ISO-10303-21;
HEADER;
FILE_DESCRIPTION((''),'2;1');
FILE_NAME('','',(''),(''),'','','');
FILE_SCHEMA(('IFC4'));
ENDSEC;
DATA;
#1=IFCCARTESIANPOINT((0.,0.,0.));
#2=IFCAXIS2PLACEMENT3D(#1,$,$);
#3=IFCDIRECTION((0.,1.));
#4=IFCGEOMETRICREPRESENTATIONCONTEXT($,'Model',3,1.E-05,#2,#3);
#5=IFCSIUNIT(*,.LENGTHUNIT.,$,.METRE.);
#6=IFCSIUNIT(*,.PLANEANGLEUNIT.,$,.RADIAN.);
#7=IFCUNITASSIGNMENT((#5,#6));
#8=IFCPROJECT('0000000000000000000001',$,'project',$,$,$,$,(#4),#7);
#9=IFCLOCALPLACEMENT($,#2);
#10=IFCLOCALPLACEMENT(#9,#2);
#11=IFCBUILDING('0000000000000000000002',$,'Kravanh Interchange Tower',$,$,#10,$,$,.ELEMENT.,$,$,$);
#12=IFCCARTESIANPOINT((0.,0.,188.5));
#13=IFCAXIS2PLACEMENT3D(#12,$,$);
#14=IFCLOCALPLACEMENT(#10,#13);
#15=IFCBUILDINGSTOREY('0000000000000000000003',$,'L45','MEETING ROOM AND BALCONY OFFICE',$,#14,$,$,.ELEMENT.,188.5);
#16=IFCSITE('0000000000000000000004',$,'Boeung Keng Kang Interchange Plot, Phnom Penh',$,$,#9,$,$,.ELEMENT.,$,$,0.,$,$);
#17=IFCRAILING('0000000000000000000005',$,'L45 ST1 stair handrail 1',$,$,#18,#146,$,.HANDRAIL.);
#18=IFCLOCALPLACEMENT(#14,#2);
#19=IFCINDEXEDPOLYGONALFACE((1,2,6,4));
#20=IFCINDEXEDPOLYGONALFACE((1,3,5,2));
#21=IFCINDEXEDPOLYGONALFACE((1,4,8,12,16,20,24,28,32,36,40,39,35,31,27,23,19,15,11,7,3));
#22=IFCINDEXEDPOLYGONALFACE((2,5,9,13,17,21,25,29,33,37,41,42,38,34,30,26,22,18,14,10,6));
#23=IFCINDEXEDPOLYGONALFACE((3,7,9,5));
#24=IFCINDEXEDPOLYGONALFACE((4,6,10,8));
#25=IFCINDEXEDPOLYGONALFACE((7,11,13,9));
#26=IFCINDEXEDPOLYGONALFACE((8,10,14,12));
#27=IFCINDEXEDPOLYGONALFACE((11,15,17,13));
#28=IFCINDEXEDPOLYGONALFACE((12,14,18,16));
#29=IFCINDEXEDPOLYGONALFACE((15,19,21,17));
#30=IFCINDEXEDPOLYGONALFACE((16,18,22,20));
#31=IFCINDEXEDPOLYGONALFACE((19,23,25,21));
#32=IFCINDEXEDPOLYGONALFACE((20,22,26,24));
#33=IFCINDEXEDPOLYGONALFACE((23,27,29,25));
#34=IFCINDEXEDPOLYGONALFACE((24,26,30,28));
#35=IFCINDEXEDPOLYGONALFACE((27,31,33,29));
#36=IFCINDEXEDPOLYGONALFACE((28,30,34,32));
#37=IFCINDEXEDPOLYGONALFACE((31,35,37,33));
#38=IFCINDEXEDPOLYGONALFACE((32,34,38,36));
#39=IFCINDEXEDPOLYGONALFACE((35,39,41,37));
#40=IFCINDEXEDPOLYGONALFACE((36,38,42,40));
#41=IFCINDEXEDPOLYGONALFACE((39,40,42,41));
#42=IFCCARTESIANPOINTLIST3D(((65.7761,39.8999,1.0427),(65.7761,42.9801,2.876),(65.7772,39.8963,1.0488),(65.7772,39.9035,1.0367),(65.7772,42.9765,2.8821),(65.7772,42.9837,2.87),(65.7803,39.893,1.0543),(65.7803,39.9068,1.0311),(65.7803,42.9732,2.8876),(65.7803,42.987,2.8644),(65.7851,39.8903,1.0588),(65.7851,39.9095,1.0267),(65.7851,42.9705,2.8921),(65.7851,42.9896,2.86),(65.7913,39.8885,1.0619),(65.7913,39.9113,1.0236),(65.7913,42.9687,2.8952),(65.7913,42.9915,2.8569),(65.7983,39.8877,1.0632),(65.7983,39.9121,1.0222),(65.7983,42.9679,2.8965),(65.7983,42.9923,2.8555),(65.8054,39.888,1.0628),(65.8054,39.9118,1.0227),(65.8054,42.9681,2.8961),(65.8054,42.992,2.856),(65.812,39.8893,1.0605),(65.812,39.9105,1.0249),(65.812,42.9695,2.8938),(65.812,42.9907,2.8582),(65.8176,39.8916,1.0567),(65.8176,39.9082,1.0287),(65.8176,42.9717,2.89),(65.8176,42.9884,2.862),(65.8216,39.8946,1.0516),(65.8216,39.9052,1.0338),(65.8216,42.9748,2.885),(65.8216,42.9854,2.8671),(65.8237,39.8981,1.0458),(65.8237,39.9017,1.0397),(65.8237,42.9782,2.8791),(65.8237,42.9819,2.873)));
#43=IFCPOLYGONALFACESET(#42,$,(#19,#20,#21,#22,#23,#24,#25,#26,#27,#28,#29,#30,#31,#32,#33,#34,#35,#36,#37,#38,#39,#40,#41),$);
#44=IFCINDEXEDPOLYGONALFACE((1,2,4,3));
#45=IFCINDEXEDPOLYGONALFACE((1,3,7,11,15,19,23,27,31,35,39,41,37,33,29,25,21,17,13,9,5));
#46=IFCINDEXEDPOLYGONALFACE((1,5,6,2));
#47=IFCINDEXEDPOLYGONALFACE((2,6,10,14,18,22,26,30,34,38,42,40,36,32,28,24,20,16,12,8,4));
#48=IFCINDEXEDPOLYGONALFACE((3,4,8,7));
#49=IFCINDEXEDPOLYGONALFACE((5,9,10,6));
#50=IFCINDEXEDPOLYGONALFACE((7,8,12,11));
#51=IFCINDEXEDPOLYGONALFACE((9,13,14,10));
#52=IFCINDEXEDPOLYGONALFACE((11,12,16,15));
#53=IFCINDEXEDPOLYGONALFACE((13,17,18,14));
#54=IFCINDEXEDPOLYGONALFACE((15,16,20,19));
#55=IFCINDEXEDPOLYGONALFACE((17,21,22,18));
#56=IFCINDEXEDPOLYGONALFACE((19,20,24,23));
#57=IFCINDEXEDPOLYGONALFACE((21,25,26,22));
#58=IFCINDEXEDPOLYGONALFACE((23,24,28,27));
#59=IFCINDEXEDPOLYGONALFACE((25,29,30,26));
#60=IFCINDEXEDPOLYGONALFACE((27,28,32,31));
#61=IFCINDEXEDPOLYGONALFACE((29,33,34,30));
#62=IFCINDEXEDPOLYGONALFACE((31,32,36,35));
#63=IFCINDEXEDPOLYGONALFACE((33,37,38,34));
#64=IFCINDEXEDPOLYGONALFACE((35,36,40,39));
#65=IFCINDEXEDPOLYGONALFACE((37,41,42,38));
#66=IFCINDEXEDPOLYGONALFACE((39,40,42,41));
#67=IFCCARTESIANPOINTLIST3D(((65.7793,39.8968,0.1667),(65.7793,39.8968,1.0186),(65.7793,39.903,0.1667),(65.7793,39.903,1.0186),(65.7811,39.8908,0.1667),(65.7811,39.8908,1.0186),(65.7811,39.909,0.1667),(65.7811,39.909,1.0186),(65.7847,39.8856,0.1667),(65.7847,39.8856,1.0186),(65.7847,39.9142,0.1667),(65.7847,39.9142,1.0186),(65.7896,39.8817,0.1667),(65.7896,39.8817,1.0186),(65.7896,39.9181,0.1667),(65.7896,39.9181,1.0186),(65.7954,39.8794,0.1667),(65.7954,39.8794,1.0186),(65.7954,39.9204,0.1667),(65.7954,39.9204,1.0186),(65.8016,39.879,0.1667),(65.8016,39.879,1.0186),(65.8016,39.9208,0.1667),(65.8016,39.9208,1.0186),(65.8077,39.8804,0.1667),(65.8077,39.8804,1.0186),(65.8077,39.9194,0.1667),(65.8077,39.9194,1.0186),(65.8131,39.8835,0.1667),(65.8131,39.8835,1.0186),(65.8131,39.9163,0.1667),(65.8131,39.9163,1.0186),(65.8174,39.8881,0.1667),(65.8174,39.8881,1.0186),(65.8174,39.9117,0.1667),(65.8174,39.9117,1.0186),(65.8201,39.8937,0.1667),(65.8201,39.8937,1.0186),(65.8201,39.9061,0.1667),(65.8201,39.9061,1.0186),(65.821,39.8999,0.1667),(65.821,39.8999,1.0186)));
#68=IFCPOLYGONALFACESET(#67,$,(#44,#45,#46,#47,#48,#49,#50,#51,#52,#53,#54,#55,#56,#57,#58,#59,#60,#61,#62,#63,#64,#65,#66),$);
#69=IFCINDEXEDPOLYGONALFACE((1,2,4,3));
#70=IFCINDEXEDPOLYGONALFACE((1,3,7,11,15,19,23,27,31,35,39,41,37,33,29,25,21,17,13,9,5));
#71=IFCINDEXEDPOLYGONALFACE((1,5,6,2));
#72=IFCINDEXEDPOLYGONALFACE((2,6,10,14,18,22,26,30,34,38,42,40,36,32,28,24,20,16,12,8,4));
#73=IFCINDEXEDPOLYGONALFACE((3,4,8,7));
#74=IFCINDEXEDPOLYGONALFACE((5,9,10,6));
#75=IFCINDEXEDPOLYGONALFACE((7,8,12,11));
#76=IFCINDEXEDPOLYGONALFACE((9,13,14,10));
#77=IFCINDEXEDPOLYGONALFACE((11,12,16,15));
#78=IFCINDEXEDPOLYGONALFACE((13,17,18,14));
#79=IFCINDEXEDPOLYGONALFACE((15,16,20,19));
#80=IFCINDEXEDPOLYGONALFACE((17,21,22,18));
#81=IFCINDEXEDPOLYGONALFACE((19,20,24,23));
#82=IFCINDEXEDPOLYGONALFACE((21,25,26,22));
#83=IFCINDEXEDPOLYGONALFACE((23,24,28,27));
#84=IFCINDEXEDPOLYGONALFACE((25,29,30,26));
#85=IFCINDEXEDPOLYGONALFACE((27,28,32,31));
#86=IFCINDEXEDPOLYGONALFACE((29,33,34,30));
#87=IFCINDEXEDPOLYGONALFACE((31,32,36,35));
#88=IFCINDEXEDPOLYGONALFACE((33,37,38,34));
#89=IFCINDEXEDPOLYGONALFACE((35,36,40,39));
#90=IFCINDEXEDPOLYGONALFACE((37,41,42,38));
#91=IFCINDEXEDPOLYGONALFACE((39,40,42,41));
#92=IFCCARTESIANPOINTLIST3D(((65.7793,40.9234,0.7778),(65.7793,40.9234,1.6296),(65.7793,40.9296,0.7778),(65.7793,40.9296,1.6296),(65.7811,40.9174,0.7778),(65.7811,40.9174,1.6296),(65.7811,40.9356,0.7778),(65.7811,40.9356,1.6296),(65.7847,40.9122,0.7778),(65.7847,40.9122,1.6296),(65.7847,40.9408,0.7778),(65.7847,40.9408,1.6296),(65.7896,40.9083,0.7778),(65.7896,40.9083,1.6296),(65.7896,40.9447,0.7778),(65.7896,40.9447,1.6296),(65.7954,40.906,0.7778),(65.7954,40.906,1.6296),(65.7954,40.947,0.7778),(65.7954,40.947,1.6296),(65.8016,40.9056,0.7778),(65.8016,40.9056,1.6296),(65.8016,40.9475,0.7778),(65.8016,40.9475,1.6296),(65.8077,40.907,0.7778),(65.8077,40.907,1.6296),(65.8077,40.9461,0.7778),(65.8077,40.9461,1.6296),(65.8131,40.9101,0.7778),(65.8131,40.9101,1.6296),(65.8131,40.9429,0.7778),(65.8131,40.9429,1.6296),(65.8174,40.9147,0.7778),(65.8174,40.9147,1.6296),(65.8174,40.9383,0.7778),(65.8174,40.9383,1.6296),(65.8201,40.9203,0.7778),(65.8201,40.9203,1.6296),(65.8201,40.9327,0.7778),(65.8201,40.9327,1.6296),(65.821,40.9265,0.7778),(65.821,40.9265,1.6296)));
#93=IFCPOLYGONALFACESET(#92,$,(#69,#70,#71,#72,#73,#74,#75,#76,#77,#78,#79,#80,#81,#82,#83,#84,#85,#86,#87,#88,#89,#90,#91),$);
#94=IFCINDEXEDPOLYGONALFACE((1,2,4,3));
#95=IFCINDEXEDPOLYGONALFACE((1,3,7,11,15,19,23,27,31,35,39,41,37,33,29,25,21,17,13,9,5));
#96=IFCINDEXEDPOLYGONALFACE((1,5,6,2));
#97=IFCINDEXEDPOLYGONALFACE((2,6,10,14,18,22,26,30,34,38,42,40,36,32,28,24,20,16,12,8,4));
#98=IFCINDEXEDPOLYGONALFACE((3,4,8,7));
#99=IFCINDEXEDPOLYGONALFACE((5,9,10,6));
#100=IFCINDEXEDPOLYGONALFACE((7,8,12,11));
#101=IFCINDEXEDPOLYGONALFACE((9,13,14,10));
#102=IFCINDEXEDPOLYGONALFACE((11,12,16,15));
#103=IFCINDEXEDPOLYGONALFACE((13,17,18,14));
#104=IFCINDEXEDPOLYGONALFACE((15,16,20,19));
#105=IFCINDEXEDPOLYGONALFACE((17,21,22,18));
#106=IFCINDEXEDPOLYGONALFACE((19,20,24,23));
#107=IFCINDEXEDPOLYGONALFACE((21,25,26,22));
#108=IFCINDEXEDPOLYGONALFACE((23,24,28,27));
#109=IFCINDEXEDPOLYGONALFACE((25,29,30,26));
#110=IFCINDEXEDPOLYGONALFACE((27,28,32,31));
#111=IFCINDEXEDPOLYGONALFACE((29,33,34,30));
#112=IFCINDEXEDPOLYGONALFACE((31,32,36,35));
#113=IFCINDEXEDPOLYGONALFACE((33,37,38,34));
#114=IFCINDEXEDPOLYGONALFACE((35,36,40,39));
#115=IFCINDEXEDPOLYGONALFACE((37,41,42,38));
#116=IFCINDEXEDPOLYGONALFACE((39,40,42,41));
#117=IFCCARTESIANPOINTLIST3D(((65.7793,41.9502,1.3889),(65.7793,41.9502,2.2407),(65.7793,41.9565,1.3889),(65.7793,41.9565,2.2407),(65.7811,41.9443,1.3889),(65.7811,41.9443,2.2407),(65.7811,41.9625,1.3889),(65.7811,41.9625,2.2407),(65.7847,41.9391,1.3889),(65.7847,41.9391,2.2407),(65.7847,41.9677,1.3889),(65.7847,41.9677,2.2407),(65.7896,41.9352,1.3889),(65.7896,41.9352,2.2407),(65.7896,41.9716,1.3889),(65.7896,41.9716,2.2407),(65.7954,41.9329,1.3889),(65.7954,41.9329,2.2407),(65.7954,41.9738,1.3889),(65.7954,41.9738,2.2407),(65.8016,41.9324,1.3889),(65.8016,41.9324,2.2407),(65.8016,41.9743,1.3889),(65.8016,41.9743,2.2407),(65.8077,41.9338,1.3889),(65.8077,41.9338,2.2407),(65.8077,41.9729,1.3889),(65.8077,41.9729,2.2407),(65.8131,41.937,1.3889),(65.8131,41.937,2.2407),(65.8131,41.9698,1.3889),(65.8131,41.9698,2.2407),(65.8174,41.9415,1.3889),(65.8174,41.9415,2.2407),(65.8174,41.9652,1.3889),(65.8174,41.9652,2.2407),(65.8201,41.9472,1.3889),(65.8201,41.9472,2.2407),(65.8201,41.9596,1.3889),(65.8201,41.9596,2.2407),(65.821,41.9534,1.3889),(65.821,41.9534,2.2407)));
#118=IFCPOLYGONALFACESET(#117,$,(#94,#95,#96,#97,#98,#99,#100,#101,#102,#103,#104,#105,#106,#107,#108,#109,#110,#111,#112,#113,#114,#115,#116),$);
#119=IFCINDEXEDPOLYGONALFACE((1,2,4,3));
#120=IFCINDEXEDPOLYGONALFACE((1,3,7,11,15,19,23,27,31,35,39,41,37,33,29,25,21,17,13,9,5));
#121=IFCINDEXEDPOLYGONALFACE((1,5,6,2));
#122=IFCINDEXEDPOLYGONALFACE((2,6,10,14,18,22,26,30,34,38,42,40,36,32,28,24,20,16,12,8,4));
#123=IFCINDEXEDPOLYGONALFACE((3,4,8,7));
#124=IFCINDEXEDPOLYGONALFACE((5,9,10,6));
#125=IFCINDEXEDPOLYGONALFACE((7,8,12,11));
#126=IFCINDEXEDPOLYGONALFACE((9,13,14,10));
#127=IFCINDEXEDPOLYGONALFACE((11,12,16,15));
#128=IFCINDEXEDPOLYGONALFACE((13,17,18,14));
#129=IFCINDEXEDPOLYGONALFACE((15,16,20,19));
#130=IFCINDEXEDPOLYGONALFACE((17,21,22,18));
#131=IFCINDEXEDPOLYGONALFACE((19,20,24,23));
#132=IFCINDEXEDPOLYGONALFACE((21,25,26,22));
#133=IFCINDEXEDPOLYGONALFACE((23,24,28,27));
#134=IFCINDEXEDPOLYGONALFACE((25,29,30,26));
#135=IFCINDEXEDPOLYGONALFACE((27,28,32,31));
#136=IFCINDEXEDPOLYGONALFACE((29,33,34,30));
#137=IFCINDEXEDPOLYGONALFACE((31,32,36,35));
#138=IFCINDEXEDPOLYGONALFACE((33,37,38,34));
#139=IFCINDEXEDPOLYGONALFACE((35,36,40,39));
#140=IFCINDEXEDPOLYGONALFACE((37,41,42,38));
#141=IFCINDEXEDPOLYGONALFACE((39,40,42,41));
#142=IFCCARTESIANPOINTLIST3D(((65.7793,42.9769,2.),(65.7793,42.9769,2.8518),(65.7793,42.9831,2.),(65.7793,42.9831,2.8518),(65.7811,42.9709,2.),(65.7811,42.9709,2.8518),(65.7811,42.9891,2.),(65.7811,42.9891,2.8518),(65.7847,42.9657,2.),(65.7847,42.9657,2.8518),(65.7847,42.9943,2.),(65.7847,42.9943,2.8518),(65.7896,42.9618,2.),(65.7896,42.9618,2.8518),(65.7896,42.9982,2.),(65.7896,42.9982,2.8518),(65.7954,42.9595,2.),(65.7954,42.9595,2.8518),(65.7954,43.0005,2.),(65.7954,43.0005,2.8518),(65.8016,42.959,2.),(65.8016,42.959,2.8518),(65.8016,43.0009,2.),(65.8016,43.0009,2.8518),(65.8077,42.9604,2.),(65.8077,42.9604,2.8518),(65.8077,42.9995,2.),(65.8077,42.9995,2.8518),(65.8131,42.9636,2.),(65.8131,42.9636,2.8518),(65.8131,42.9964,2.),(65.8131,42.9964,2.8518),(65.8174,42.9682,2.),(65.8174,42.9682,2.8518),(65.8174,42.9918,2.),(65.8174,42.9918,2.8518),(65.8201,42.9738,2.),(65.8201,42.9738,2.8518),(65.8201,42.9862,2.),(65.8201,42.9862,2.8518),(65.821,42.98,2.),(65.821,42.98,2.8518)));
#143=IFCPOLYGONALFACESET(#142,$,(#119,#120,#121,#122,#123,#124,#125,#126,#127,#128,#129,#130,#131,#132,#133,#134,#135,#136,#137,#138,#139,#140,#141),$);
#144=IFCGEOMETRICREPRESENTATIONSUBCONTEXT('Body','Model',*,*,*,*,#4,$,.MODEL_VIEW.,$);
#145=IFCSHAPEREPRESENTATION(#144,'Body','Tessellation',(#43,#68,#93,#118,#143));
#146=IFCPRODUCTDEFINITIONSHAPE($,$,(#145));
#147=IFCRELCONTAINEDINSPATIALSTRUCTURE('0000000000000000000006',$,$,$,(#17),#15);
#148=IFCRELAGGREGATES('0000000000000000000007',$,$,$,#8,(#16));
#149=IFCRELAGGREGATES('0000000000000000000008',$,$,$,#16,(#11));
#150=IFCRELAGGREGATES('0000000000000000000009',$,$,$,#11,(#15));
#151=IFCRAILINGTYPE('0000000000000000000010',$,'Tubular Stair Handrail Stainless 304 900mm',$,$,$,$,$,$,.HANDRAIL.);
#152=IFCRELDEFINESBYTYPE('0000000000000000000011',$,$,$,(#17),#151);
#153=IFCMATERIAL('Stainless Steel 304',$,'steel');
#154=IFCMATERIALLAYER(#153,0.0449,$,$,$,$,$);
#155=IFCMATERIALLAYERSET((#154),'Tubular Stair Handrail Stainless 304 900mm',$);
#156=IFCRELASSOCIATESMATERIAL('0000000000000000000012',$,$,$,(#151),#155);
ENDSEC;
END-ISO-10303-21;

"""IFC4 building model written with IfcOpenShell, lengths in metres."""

from ifc_helpers import new_model, si_unit, direction, frame, origin, origin_2d, place, context, subcontext, project, spatial, circle, extrude, material, layer, layer_set, type_object, element, save


model = new_model("IFC4")

# Units and contexts
model_context = context("Model", 3, precision=1e-05, world=origin(), true_north=direction((0.0, 1.0)))
body_context = subcontext(model_context, "Body", "Model", "MODEL_VIEW")
ifc_project = project(units=[si_unit("LENGTHUNIT", "METRE"), si_unit("PLANEANGLEUNIT", "RADIAN")], contexts=[model_context])

# Site, building, storey
site_placement = place(None, origin())
site = spatial("IfcSite", under=ifc_project, at=site_placement, Name="Boeung Keng Kang Interchange Plot, Phnom Penh", CompositionType="ELEMENT", RefElevation=0.0)
building_placement = place(site_placement, origin())
building = spatial("IfcBuilding", under=site, at=building_placement, Name="Kravanh Interchange Tower", CompositionType="ELEMENT")
storey_placement = place(building_placement, frame((0.0, 0.0, 188.5)))
storey = spatial("IfcBuildingStorey", under=building, at=storey_placement, Name="L45", Description="MEETING ROOM AND BALCONY OFFICE", CompositionType="ELEMENT", Elevation=188.5)

# Railing
ifc_material_1 = material(Name="Stainless Steel 304", Category="steel")
ifc_layer_1 = layer(ifc_material_1, 0.0449)
ifc_layer_set_1 = layer_set([ifc_layer_1], Name="Tubular Stair Handrail Stainless 304 900mm")
railing_type_1 = type_object("IfcRailingType", Name="Tubular Stair Handrail Stainless 304 900mm", PredefinedType="HANDRAIL", material=ifc_layer_set_1)
railing_1_placement = place(storey_placement, frame((65.8, 39.8999, 0.1667)))
element("IfcRailing", 1, at=railing_1_placement, inside=storey, type_object=railing_type_1, Name="L45 ST1 stair handrail 1", PredefinedType="HANDRAIL", context=body_context, shape_type="SweptSolid", body=[
    extrude(circle(Radius=0.0239, at=origin_2d()), frame((0.0, 0.0, 0.876), z_axis=(0.0, 0.859309, 0.511458), x_axis=(-1.0, 0.0, 0.0)), (0.0, 0.0, 1.0), 3.5845),
    extrude(circle(Radius=0.021, at=origin_2d()), origin(), (0.0, 0.0, 1.0), 0.8518),
    extrude(circle(Radius=0.021, at=origin_2d()), frame((0.0, 1.0266, 0.6111)), (0.0, 0.0, 1.0), 0.8518),
    extrude(circle(Radius=0.021, at=origin_2d()), frame((0.0, 2.0535, 1.2222)), (0.0, 0.0, 1.0), 0.8518),
    extrude(circle(Radius=0.021, at=origin_2d()), frame((0.0, 3.0801, 1.8333)), (0.0, 0.0, 1.0), 0.8518),
])

save(model, "model.ifc")
